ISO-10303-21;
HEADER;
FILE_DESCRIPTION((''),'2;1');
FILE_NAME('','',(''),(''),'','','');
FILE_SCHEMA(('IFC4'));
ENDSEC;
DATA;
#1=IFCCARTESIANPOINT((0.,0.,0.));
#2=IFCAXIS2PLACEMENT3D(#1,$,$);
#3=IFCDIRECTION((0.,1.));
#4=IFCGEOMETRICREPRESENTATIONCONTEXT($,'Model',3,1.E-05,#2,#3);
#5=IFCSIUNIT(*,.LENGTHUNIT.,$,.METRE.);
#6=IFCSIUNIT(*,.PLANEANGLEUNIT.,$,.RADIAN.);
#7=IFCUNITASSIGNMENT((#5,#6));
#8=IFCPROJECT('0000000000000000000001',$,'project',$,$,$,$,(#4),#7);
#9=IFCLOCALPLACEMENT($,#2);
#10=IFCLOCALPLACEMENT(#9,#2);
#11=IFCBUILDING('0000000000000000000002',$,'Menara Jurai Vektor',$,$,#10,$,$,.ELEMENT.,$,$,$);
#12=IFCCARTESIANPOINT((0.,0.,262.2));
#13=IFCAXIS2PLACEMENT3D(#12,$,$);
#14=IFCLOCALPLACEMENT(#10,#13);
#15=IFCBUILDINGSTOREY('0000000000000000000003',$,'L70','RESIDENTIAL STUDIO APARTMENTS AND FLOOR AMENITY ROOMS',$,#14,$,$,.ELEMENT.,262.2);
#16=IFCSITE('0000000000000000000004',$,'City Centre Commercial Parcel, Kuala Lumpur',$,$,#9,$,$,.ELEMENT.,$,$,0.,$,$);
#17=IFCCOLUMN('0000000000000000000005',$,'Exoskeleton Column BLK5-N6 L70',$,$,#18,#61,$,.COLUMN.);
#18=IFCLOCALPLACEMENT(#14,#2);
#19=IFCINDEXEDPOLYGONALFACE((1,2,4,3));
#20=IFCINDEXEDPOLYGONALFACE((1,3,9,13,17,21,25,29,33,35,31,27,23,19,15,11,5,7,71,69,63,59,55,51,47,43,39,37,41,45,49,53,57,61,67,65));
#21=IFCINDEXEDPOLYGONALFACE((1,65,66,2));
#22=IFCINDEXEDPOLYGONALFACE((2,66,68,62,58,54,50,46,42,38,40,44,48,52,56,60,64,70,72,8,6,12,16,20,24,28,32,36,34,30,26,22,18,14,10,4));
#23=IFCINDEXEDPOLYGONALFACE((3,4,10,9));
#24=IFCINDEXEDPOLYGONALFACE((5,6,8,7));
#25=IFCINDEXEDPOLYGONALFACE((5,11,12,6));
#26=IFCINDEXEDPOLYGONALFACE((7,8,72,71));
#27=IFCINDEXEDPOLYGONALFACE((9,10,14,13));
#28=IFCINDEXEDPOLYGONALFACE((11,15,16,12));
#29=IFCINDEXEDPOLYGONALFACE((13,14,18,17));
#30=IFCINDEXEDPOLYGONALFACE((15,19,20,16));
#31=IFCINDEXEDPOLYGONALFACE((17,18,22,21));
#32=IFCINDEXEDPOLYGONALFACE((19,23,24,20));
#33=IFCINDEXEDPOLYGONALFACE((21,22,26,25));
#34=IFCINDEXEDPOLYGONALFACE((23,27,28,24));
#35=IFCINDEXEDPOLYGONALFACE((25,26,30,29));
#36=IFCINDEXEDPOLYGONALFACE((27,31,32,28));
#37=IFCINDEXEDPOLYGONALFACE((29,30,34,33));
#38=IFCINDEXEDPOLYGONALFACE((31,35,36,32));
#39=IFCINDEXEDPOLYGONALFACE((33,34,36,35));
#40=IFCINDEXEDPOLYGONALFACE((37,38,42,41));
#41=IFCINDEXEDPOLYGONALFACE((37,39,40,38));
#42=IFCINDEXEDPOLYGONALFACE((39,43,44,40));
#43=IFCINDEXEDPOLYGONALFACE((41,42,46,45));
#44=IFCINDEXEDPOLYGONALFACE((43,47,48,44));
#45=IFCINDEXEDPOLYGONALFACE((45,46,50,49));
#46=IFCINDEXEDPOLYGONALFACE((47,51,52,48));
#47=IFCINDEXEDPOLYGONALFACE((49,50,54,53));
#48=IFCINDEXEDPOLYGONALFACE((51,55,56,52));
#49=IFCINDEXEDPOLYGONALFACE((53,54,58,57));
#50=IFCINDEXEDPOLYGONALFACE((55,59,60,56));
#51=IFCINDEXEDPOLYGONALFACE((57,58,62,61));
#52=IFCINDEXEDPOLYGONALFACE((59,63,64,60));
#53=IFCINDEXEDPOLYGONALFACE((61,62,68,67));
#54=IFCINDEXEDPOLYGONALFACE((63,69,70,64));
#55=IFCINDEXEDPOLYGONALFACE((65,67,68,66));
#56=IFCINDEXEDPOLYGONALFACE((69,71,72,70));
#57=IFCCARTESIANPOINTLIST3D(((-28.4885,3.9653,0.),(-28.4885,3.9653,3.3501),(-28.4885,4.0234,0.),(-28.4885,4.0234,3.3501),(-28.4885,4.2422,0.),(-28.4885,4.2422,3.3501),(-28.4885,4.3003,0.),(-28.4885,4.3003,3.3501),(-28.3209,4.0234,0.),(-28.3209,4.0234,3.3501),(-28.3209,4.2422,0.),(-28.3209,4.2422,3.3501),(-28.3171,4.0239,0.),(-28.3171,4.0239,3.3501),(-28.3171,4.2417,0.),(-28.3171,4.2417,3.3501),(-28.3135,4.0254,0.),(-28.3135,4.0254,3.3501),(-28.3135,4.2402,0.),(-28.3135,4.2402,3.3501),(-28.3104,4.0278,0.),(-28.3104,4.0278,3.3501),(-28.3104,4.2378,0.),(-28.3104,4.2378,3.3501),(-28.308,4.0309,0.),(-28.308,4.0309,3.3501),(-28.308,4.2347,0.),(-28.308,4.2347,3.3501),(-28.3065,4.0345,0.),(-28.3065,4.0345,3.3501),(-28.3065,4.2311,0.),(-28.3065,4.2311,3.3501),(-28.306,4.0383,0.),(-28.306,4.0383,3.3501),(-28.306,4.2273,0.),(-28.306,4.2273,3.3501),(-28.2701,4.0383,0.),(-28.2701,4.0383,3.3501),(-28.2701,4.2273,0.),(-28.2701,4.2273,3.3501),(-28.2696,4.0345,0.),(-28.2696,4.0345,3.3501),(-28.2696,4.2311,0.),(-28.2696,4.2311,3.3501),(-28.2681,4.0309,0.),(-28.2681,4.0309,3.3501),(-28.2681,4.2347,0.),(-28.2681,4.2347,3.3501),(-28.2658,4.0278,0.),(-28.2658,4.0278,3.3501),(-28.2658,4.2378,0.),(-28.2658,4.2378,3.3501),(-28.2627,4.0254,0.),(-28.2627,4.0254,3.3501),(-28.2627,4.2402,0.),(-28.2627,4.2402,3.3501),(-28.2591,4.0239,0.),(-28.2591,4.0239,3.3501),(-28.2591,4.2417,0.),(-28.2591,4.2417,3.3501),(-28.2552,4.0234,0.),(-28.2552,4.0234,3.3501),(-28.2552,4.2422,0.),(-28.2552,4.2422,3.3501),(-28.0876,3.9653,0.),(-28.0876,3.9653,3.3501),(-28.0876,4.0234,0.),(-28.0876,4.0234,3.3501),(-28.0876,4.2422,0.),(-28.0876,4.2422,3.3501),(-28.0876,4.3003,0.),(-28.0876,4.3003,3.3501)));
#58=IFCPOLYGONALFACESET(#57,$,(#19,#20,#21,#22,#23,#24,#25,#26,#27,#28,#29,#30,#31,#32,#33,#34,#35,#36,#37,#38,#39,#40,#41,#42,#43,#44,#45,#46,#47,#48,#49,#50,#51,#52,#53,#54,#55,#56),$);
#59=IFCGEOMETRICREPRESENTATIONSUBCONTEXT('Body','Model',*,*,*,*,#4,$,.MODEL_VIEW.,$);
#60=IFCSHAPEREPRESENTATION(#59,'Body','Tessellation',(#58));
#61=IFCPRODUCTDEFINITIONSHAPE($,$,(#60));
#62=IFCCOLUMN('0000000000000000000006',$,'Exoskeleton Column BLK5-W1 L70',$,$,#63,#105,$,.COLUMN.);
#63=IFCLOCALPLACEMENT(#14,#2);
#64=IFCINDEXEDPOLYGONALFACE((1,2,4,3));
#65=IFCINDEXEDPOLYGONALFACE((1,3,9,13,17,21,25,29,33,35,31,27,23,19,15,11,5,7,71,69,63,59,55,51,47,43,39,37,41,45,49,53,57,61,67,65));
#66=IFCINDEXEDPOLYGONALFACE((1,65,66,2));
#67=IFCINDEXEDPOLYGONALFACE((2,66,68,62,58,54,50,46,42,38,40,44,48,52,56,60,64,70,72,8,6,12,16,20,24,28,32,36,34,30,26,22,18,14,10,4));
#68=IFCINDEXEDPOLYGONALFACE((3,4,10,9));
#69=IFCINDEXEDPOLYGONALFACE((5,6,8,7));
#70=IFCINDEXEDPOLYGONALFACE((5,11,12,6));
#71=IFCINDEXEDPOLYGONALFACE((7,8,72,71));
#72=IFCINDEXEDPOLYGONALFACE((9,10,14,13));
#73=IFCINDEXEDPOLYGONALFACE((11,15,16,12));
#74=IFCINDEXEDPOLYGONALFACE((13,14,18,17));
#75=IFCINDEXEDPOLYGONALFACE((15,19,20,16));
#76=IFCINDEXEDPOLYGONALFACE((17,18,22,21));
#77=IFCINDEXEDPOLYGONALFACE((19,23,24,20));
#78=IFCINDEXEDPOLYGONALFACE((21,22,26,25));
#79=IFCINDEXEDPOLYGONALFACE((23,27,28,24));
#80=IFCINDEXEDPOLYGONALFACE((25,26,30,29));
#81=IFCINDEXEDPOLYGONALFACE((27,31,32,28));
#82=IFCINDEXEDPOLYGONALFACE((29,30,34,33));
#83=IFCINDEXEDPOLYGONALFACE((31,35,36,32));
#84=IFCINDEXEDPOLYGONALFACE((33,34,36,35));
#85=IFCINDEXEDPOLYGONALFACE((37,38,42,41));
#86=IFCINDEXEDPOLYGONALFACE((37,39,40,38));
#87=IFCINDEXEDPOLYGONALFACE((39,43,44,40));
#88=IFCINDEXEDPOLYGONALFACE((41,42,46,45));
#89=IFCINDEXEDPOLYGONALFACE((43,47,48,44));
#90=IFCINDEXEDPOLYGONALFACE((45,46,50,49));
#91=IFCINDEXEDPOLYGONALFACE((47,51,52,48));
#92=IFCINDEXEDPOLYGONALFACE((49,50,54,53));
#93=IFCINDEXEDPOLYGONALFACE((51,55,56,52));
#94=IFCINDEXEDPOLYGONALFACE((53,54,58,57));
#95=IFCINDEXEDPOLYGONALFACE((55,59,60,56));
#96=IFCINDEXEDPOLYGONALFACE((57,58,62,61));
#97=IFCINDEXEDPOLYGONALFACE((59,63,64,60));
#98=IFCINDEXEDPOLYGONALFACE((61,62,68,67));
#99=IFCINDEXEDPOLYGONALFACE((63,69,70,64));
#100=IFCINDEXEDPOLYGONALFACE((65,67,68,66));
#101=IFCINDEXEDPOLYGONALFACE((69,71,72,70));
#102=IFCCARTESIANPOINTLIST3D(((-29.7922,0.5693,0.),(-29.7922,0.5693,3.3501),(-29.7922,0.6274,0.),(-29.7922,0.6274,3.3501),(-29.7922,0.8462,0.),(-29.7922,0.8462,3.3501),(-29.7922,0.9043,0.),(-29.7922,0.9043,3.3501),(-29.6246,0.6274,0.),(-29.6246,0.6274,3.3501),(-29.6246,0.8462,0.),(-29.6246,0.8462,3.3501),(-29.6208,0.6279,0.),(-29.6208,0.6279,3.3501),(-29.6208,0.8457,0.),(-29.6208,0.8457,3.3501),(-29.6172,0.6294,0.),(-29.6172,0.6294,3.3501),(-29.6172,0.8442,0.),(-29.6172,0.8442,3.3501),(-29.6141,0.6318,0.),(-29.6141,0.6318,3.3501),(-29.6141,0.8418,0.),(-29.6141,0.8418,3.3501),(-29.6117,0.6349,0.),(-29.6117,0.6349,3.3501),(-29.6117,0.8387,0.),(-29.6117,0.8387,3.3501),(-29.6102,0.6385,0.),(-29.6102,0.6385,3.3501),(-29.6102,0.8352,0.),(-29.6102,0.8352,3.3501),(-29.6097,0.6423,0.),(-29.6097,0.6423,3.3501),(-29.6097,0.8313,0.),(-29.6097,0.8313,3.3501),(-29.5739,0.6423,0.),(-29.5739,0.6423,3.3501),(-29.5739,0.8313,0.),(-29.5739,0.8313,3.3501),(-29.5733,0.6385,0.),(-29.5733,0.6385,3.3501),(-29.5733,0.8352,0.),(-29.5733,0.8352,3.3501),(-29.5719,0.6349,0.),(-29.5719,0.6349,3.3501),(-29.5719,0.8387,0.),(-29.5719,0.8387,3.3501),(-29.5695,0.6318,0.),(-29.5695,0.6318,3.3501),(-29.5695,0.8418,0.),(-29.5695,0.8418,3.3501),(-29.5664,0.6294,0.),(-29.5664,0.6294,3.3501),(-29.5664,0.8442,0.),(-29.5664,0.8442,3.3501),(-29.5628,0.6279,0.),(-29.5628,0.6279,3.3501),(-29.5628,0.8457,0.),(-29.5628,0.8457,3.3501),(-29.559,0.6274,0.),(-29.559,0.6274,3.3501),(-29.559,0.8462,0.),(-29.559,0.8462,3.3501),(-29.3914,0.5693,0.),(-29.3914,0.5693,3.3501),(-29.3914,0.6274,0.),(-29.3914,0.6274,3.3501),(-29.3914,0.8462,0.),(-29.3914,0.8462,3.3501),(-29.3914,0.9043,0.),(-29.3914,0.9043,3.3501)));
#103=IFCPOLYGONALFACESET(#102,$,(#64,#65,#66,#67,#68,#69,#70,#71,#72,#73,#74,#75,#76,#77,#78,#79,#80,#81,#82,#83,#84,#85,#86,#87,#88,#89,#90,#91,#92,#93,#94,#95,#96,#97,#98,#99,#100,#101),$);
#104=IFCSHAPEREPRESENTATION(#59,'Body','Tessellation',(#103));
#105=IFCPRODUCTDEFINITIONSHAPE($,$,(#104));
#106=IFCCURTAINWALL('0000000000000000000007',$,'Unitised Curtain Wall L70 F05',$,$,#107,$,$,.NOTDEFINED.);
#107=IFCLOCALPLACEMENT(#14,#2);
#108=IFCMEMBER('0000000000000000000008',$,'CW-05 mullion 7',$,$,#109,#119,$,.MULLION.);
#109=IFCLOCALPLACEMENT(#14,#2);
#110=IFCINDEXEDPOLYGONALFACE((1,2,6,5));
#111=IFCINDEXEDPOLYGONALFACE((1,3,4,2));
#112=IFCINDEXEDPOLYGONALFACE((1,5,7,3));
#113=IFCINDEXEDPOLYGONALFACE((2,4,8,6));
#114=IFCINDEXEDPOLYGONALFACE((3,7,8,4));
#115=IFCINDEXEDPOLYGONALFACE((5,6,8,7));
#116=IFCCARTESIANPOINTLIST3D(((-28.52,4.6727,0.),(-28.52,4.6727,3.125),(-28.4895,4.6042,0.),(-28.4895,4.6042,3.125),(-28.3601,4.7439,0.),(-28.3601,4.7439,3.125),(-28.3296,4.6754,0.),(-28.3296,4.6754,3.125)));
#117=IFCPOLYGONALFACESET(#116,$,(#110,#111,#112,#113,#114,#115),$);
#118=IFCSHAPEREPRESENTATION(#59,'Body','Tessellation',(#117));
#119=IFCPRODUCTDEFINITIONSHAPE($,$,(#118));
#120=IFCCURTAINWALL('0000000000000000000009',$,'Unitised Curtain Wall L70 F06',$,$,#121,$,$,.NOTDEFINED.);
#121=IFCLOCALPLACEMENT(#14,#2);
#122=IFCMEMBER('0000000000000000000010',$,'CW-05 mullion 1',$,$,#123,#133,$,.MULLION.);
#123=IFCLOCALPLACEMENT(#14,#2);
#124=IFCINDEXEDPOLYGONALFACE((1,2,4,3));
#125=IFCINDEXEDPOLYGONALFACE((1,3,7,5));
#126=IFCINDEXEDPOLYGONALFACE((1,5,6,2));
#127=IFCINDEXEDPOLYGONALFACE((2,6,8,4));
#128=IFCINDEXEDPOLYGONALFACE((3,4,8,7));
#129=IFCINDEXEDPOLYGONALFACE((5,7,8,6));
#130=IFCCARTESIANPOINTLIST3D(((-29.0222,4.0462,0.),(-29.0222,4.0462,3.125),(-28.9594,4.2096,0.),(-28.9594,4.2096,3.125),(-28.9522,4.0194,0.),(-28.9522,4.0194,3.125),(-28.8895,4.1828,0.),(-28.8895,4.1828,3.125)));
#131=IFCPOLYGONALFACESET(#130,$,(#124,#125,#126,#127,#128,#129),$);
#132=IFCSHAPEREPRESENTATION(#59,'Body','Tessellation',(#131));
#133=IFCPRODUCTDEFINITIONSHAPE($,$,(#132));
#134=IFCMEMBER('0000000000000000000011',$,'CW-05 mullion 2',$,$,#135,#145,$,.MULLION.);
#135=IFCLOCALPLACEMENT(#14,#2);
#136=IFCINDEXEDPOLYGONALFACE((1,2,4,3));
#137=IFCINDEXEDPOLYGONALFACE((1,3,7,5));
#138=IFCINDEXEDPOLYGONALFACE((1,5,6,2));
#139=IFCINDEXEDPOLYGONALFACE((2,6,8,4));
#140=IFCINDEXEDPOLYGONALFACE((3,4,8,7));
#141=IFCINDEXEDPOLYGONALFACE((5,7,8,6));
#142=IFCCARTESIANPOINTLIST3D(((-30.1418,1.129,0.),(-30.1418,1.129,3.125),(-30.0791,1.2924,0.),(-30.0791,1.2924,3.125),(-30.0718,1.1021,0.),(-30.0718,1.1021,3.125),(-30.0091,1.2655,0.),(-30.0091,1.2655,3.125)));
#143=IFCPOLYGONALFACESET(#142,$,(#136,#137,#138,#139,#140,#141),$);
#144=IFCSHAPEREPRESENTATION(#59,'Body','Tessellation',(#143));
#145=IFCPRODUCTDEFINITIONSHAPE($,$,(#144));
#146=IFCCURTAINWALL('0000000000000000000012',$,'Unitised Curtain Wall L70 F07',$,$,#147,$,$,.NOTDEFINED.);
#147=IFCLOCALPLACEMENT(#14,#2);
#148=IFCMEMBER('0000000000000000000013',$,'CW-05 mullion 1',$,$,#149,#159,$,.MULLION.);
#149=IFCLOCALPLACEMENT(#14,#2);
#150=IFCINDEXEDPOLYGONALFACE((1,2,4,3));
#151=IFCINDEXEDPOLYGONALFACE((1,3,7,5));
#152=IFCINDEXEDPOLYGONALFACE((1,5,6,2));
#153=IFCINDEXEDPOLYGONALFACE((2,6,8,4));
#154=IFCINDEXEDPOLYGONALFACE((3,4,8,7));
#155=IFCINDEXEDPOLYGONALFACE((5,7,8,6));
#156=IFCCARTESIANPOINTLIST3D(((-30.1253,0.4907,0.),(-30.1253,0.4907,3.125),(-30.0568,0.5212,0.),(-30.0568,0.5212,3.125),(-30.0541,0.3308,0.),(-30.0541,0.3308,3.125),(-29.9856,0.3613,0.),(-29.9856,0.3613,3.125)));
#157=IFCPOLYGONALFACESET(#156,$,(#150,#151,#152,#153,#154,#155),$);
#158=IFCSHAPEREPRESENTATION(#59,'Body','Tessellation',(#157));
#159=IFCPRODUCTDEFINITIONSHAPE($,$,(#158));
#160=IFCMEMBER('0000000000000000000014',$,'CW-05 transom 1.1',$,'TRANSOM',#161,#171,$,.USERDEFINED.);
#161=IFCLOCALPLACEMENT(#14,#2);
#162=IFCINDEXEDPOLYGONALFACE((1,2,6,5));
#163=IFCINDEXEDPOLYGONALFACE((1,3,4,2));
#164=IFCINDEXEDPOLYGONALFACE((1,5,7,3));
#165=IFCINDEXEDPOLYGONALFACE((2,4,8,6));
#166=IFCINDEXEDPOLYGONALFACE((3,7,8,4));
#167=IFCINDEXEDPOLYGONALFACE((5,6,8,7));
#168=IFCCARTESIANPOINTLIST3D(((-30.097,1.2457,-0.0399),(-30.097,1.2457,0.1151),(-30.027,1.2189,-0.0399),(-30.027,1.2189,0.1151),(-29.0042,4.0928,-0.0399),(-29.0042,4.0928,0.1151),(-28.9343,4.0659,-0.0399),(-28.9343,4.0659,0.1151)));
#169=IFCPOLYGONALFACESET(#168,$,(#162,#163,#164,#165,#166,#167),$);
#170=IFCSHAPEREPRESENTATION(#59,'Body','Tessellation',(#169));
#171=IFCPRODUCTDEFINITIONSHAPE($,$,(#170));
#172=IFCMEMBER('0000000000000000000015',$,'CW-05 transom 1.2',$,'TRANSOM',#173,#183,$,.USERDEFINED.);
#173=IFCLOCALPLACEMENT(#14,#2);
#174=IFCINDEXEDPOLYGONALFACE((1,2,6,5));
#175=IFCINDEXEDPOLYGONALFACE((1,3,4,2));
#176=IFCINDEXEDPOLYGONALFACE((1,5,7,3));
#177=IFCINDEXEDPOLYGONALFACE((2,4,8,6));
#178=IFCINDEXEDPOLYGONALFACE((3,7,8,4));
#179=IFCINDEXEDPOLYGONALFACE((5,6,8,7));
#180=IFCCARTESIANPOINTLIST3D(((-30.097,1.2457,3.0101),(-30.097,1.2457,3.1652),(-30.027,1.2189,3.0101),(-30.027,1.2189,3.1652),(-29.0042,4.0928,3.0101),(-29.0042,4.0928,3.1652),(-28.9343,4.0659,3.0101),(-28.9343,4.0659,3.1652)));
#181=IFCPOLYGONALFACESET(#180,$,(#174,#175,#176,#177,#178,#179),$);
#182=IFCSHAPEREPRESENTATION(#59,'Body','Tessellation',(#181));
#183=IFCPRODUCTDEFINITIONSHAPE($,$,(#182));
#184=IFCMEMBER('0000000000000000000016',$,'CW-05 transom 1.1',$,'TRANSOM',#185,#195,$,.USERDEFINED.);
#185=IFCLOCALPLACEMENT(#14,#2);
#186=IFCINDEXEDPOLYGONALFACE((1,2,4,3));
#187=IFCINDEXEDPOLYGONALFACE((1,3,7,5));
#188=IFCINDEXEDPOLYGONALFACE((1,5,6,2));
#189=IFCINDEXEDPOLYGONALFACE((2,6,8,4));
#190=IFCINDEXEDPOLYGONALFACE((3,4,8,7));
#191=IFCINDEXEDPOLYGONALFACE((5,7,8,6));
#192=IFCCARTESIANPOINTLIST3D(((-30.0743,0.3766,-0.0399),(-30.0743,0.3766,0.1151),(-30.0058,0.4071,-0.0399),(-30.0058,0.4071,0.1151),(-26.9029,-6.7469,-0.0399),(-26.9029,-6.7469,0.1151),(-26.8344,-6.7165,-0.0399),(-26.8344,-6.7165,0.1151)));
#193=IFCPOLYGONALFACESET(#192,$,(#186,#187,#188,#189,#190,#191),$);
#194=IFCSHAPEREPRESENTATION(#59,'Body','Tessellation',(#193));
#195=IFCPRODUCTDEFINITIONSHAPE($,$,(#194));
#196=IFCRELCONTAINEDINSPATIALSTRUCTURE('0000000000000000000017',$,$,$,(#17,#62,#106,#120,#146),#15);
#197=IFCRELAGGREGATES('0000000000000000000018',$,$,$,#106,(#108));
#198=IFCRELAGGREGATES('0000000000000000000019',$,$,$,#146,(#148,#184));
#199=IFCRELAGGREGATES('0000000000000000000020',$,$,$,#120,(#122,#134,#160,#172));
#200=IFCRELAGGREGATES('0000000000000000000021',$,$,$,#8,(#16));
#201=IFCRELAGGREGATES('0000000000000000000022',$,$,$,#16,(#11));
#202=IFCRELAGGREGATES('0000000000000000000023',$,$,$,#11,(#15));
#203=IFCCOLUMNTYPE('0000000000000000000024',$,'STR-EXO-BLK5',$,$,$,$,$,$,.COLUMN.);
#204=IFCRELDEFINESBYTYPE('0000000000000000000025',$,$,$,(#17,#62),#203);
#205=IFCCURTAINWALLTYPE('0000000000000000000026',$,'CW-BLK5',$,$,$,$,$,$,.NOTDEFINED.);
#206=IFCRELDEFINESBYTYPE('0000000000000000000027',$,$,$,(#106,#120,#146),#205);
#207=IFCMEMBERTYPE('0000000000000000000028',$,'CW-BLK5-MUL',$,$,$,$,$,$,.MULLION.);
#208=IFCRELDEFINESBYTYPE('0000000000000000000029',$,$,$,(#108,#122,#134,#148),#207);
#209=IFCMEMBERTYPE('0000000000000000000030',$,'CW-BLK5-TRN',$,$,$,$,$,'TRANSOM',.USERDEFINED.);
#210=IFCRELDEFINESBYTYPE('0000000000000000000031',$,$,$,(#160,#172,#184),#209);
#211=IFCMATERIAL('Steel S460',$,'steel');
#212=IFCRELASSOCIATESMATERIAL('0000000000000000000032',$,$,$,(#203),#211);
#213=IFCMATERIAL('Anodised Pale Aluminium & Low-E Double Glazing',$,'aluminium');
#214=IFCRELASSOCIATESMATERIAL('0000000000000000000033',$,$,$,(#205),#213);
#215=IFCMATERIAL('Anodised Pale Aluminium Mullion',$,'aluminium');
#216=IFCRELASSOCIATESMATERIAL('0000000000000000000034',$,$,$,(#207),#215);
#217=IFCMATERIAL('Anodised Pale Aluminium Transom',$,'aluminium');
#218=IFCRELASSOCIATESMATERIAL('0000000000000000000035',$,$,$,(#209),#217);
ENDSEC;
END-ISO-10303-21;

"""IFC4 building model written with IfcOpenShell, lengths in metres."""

from ifc_helpers import new_model, si_unit, direction, frame, origin, origin_2d, place, context, subcontext, project, spatial, rectangle, i_section, extrude, material, material_profile, profile_set, type_object, element, aggregate, save


model = new_model("IFC4")

# Units and contexts
model_context = context("Model", 3, precision=1e-05, world=origin(), true_north=direction((0.0, 1.0)))
body_context = subcontext(model_context, "Body", "Model", "MODEL_VIEW")
ifc_project = project(units=[si_unit("LENGTHUNIT", "METRE"), si_unit("PLANEANGLEUNIT", "RADIAN")], contexts=[model_context])

# Site, building, storey
site_placement = place(None, origin())
site = spatial("IfcSite", under=ifc_project, at=site_placement, Name="City Centre Commercial Parcel, Kuala Lumpur", CompositionType="ELEMENT", RefElevation=0.0)
building_placement = place(site_placement, origin())
building = spatial("IfcBuilding", under=site, at=building_placement, Name="Menara Jurai Vektor", CompositionType="ELEMENT")
storey_placement = place(building_placement, frame((0.0, 0.0, 262.2)))
storey = spatial("IfcBuildingStorey", under=building, at=storey_placement, Name="L70", Description="RESIDENTIAL STUDIO APARTMENTS AND FLOOR AMENITY ROOMS", CompositionType="ELEMENT", Elevation=262.2)

# Columns
ifc_material_1 = material(Name="Steel S460", Category="steel")
ifc_material_profile_1 = material_profile(ifc_material_1, i_section(OverallWidth=0.4009, OverallDepth=0.335, WebThickness=0.0359, FlangeThickness=0.0581, FilletRadius=0.0149, at=origin_2d()), Name="HD 400x463")
ifc_profile_set_1 = profile_set([ifc_material_profile_1], Name="Steel S460")
column_type = type_object("IfcColumnType", Name="STR-EXO-BLK5", PredefinedType="COLUMN", material=ifc_profile_set_1)
for number, where, z_axis, x_axis, name in (
    (1, (-28.2881, 4.1328, 0.0), (0.0, 0.0, 1.0), (1.0, 0.0, 0.0), "Exoskeleton Column BLK5-N6 L70"),
    (2, (-29.5918, 0.7368, 0.0), (0.0, 0.0, 1.0), (1.0, 0.0, 0.0), "Exoskeleton Column BLK5-W1 L70"),
):
    element("IfcColumn", number, at=place(storey_placement, frame(where, z_axis=z_axis, x_axis=x_axis)), inside=storey, type_object=column_type, Name=name, PredefinedType="COLUMN", context=body_context, shape_type="SweptSolid", body=[
        extrude(i_section(OverallWidth=0.4009, OverallDepth=0.335, WebThickness=0.0359, FlangeThickness=0.0581, FilletRadius=0.0149, at=origin_2d()), origin(), (0.0, 0.0, 1.0), 3.3501),
    ])

# Curtain wall, member
ifc_material_2 = material(Name="Anodised Pale Aluminium & Low-E Double Glazing", Category="aluminium")
curtain_wall_type = type_object("IfcCurtainWallType", Name="CW-BLK5", PredefinedType="NOTDEFINED", material=ifc_material_2)
curtain_wall_1_placement = place(storey_placement, origin())
curtain_wall_1 = element("IfcCurtainWall", 3, at=curtain_wall_1_placement, inside=storey, type_object=curtain_wall_type, Name="Unitised Curtain Wall L70 F05", PredefinedType="NOTDEFINED")
ifc_material_3 = material(Name="Anodised Pale Aluminium Mullion", Category="aluminium")
ifc_material_profile_2 = material_profile(ifc_material_3, rectangle(XDim=0.075, YDim=0.175, at=origin_2d()), Name="ALU MUL 75x175")
ifc_profile_set_2 = profile_set([ifc_material_profile_2], Name="Anodised Pale Aluminium Mullion")
member_type_1 = type_object("IfcMemberType", Name="CW-BLK5-MUL", PredefinedType="MULLION", material=ifc_profile_set_2)
member_1_placement = place(storey_placement, frame((-28.4248, 4.6741, 0.0), z_axis=(0.0, 0.0, 1.0), x_axis=(0.406735, -0.913546, 0.0)))
member_1 = element("IfcMember", 4, at=member_1_placement, type_object=member_type_1, Name="CW-05 mullion 7", PredefinedType="MULLION", context=body_context, shape_type="SweptSolid", body=[
    extrude(rectangle(XDim=0.075, YDim=0.175, at=origin_2d()), origin(), (0.0, 0.0, 1.0), 3.125),
])
aggregate(curtain_wall_1, [member_1])

# Curtain wall, members
curtain_wall_2_placement = place(storey_placement, origin())
curtain_wall_2 = element("IfcCurtainWall", 5, at=curtain_wall_2_placement, inside=storey, type_object=curtain_wall_type, Name="Unitised Curtain Wall L70 F06", PredefinedType="NOTDEFINED")
member_2_placement = place(storey_placement, frame((-28.9558, 4.1145, 0.0), z_axis=(0.0, 0.0, 1.0), x_axis=(0.933578, -0.358374, 0.0)))
member_2 = element("IfcMember", 6, at=member_2_placement, type_object=member_type_1, Name="CW-05 mullion 1", PredefinedType="MULLION", context=body_context, shape_type="SweptSolid", body=[
    extrude(rectangle(XDim=0.075, YDim=0.175, at=origin_2d()), origin(), (0.0, 0.0, 1.0), 3.125),
])
member_3_placement = place(storey_placement, frame((-30.0754, 1.1973, 0.0), z_axis=(0.0, 0.0, 1.0), x_axis=(0.933578, -0.358374, 0.0)))
member_3 = element("IfcMember", 7, at=member_3_placement, type_object=member_type_1, Name="CW-05 mullion 2", PredefinedType="MULLION", context=body_context, shape_type="SweptSolid", body=[
    extrude(rectangle(XDim=0.075, YDim=0.175, at=origin_2d()), origin(), (0.0, 0.0, 1.0), 3.125),
])

# Curtain wall, member
curtain_wall_3_placement = place(storey_placement, origin())
curtain_wall_3 = element("IfcCurtainWall", 8, at=curtain_wall_3_placement, inside=storey, type_object=curtain_wall_type, Name="Unitised Curtain Wall L70 F07", PredefinedType="NOTDEFINED")
member_4_placement = place(storey_placement, frame((-30.0554, 0.426, 0.0), z_axis=(0.0, 0.0, 1.0), x_axis=(0.913546, 0.406735, 0.0)))
member_4 = element("IfcMember", 9, at=member_4_placement, type_object=member_type_1, Name="CW-05 mullion 1", PredefinedType="MULLION", context=body_context, shape_type="SweptSolid", body=[
    extrude(rectangle(XDim=0.075, YDim=0.175, at=origin_2d()), origin(), (0.0, 0.0, 1.0), 3.125),
])

# Members
ifc_material_4 = material(Name="Anodised Pale Aluminium Transom", Category="aluminium")
ifc_material_profile_3 = material_profile(ifc_material_4, rectangle(XDim=0.075, YDim=0.155, at=origin_2d()), Name="ALU TRN 75x155")
ifc_profile_set_3 = profile_set([ifc_material_profile_3], Name="Anodised Pale Aluminium Transom")
member_type_2 = type_object("IfcMemberType", Name="CW-BLK5-TRN", ElementType="TRANSOM", PredefinedType="USERDEFINED", material=ifc_profile_set_3)
member_5_placement = place(storey_placement, frame((-28.9692, 4.0793, 0.0376), z_axis=(-0.358325, -0.933597, 0.0), x_axis=(0.933597, -0.358325, 0.0)))
member_5 = element("IfcMember", 10, at=member_5_placement, type_object=member_type_2, Name="CW-05 transom 1.1", ObjectType="TRANSOM", PredefinedType="USERDEFINED", context=body_context, shape_type="SweptSolid", body=[
    extrude(rectangle(XDim=0.075, YDim=0.155, at=origin_2d()), origin(), (0.0, 0.0, 1.0), 3.0496),
])
member_6_placement = place(storey_placement, frame((-28.9692, 4.0793, 3.0876), z_axis=(-0.358325, -0.933597, 0.0), x_axis=(0.933597, -0.358325, 0.0)))
member_6 = element("IfcMember", 11, at=member_6_placement, type_object=member_type_2, Name="CW-05 transom 1.2", ObjectType="TRANSOM", PredefinedType="USERDEFINED", context=body_context, shape_type="SweptSolid", body=[
    extrude(rectangle(XDim=0.075, YDim=0.155, at=origin_2d()), origin(), (0.0, 0.0, 1.0), 3.0496),
])
member_7_placement = place(storey_placement, frame((-30.04, 0.3918, 0.0376), z_axis=(0.406714, -0.913556, 0.0), x_axis=(0.913556, 0.406714, 0.0)))
member_7 = element("IfcMember", 12, at=member_7_placement, type_object=member_type_2, Name="CW-05 transom 1.1", ObjectType="TRANSOM", PredefinedType="USERDEFINED", context=body_context, shape_type="SweptSolid", body=[
    extrude(rectangle(XDim=0.075, YDim=0.155, at=origin_2d()), origin(), (0.0, 0.0, 1.0), 7.7976),
])

aggregate(curtain_wall_3, [member_4, member_7])
aggregate(curtain_wall_2, [member_2, member_3, member_5, member_6])

save(model, "model.ifc")
